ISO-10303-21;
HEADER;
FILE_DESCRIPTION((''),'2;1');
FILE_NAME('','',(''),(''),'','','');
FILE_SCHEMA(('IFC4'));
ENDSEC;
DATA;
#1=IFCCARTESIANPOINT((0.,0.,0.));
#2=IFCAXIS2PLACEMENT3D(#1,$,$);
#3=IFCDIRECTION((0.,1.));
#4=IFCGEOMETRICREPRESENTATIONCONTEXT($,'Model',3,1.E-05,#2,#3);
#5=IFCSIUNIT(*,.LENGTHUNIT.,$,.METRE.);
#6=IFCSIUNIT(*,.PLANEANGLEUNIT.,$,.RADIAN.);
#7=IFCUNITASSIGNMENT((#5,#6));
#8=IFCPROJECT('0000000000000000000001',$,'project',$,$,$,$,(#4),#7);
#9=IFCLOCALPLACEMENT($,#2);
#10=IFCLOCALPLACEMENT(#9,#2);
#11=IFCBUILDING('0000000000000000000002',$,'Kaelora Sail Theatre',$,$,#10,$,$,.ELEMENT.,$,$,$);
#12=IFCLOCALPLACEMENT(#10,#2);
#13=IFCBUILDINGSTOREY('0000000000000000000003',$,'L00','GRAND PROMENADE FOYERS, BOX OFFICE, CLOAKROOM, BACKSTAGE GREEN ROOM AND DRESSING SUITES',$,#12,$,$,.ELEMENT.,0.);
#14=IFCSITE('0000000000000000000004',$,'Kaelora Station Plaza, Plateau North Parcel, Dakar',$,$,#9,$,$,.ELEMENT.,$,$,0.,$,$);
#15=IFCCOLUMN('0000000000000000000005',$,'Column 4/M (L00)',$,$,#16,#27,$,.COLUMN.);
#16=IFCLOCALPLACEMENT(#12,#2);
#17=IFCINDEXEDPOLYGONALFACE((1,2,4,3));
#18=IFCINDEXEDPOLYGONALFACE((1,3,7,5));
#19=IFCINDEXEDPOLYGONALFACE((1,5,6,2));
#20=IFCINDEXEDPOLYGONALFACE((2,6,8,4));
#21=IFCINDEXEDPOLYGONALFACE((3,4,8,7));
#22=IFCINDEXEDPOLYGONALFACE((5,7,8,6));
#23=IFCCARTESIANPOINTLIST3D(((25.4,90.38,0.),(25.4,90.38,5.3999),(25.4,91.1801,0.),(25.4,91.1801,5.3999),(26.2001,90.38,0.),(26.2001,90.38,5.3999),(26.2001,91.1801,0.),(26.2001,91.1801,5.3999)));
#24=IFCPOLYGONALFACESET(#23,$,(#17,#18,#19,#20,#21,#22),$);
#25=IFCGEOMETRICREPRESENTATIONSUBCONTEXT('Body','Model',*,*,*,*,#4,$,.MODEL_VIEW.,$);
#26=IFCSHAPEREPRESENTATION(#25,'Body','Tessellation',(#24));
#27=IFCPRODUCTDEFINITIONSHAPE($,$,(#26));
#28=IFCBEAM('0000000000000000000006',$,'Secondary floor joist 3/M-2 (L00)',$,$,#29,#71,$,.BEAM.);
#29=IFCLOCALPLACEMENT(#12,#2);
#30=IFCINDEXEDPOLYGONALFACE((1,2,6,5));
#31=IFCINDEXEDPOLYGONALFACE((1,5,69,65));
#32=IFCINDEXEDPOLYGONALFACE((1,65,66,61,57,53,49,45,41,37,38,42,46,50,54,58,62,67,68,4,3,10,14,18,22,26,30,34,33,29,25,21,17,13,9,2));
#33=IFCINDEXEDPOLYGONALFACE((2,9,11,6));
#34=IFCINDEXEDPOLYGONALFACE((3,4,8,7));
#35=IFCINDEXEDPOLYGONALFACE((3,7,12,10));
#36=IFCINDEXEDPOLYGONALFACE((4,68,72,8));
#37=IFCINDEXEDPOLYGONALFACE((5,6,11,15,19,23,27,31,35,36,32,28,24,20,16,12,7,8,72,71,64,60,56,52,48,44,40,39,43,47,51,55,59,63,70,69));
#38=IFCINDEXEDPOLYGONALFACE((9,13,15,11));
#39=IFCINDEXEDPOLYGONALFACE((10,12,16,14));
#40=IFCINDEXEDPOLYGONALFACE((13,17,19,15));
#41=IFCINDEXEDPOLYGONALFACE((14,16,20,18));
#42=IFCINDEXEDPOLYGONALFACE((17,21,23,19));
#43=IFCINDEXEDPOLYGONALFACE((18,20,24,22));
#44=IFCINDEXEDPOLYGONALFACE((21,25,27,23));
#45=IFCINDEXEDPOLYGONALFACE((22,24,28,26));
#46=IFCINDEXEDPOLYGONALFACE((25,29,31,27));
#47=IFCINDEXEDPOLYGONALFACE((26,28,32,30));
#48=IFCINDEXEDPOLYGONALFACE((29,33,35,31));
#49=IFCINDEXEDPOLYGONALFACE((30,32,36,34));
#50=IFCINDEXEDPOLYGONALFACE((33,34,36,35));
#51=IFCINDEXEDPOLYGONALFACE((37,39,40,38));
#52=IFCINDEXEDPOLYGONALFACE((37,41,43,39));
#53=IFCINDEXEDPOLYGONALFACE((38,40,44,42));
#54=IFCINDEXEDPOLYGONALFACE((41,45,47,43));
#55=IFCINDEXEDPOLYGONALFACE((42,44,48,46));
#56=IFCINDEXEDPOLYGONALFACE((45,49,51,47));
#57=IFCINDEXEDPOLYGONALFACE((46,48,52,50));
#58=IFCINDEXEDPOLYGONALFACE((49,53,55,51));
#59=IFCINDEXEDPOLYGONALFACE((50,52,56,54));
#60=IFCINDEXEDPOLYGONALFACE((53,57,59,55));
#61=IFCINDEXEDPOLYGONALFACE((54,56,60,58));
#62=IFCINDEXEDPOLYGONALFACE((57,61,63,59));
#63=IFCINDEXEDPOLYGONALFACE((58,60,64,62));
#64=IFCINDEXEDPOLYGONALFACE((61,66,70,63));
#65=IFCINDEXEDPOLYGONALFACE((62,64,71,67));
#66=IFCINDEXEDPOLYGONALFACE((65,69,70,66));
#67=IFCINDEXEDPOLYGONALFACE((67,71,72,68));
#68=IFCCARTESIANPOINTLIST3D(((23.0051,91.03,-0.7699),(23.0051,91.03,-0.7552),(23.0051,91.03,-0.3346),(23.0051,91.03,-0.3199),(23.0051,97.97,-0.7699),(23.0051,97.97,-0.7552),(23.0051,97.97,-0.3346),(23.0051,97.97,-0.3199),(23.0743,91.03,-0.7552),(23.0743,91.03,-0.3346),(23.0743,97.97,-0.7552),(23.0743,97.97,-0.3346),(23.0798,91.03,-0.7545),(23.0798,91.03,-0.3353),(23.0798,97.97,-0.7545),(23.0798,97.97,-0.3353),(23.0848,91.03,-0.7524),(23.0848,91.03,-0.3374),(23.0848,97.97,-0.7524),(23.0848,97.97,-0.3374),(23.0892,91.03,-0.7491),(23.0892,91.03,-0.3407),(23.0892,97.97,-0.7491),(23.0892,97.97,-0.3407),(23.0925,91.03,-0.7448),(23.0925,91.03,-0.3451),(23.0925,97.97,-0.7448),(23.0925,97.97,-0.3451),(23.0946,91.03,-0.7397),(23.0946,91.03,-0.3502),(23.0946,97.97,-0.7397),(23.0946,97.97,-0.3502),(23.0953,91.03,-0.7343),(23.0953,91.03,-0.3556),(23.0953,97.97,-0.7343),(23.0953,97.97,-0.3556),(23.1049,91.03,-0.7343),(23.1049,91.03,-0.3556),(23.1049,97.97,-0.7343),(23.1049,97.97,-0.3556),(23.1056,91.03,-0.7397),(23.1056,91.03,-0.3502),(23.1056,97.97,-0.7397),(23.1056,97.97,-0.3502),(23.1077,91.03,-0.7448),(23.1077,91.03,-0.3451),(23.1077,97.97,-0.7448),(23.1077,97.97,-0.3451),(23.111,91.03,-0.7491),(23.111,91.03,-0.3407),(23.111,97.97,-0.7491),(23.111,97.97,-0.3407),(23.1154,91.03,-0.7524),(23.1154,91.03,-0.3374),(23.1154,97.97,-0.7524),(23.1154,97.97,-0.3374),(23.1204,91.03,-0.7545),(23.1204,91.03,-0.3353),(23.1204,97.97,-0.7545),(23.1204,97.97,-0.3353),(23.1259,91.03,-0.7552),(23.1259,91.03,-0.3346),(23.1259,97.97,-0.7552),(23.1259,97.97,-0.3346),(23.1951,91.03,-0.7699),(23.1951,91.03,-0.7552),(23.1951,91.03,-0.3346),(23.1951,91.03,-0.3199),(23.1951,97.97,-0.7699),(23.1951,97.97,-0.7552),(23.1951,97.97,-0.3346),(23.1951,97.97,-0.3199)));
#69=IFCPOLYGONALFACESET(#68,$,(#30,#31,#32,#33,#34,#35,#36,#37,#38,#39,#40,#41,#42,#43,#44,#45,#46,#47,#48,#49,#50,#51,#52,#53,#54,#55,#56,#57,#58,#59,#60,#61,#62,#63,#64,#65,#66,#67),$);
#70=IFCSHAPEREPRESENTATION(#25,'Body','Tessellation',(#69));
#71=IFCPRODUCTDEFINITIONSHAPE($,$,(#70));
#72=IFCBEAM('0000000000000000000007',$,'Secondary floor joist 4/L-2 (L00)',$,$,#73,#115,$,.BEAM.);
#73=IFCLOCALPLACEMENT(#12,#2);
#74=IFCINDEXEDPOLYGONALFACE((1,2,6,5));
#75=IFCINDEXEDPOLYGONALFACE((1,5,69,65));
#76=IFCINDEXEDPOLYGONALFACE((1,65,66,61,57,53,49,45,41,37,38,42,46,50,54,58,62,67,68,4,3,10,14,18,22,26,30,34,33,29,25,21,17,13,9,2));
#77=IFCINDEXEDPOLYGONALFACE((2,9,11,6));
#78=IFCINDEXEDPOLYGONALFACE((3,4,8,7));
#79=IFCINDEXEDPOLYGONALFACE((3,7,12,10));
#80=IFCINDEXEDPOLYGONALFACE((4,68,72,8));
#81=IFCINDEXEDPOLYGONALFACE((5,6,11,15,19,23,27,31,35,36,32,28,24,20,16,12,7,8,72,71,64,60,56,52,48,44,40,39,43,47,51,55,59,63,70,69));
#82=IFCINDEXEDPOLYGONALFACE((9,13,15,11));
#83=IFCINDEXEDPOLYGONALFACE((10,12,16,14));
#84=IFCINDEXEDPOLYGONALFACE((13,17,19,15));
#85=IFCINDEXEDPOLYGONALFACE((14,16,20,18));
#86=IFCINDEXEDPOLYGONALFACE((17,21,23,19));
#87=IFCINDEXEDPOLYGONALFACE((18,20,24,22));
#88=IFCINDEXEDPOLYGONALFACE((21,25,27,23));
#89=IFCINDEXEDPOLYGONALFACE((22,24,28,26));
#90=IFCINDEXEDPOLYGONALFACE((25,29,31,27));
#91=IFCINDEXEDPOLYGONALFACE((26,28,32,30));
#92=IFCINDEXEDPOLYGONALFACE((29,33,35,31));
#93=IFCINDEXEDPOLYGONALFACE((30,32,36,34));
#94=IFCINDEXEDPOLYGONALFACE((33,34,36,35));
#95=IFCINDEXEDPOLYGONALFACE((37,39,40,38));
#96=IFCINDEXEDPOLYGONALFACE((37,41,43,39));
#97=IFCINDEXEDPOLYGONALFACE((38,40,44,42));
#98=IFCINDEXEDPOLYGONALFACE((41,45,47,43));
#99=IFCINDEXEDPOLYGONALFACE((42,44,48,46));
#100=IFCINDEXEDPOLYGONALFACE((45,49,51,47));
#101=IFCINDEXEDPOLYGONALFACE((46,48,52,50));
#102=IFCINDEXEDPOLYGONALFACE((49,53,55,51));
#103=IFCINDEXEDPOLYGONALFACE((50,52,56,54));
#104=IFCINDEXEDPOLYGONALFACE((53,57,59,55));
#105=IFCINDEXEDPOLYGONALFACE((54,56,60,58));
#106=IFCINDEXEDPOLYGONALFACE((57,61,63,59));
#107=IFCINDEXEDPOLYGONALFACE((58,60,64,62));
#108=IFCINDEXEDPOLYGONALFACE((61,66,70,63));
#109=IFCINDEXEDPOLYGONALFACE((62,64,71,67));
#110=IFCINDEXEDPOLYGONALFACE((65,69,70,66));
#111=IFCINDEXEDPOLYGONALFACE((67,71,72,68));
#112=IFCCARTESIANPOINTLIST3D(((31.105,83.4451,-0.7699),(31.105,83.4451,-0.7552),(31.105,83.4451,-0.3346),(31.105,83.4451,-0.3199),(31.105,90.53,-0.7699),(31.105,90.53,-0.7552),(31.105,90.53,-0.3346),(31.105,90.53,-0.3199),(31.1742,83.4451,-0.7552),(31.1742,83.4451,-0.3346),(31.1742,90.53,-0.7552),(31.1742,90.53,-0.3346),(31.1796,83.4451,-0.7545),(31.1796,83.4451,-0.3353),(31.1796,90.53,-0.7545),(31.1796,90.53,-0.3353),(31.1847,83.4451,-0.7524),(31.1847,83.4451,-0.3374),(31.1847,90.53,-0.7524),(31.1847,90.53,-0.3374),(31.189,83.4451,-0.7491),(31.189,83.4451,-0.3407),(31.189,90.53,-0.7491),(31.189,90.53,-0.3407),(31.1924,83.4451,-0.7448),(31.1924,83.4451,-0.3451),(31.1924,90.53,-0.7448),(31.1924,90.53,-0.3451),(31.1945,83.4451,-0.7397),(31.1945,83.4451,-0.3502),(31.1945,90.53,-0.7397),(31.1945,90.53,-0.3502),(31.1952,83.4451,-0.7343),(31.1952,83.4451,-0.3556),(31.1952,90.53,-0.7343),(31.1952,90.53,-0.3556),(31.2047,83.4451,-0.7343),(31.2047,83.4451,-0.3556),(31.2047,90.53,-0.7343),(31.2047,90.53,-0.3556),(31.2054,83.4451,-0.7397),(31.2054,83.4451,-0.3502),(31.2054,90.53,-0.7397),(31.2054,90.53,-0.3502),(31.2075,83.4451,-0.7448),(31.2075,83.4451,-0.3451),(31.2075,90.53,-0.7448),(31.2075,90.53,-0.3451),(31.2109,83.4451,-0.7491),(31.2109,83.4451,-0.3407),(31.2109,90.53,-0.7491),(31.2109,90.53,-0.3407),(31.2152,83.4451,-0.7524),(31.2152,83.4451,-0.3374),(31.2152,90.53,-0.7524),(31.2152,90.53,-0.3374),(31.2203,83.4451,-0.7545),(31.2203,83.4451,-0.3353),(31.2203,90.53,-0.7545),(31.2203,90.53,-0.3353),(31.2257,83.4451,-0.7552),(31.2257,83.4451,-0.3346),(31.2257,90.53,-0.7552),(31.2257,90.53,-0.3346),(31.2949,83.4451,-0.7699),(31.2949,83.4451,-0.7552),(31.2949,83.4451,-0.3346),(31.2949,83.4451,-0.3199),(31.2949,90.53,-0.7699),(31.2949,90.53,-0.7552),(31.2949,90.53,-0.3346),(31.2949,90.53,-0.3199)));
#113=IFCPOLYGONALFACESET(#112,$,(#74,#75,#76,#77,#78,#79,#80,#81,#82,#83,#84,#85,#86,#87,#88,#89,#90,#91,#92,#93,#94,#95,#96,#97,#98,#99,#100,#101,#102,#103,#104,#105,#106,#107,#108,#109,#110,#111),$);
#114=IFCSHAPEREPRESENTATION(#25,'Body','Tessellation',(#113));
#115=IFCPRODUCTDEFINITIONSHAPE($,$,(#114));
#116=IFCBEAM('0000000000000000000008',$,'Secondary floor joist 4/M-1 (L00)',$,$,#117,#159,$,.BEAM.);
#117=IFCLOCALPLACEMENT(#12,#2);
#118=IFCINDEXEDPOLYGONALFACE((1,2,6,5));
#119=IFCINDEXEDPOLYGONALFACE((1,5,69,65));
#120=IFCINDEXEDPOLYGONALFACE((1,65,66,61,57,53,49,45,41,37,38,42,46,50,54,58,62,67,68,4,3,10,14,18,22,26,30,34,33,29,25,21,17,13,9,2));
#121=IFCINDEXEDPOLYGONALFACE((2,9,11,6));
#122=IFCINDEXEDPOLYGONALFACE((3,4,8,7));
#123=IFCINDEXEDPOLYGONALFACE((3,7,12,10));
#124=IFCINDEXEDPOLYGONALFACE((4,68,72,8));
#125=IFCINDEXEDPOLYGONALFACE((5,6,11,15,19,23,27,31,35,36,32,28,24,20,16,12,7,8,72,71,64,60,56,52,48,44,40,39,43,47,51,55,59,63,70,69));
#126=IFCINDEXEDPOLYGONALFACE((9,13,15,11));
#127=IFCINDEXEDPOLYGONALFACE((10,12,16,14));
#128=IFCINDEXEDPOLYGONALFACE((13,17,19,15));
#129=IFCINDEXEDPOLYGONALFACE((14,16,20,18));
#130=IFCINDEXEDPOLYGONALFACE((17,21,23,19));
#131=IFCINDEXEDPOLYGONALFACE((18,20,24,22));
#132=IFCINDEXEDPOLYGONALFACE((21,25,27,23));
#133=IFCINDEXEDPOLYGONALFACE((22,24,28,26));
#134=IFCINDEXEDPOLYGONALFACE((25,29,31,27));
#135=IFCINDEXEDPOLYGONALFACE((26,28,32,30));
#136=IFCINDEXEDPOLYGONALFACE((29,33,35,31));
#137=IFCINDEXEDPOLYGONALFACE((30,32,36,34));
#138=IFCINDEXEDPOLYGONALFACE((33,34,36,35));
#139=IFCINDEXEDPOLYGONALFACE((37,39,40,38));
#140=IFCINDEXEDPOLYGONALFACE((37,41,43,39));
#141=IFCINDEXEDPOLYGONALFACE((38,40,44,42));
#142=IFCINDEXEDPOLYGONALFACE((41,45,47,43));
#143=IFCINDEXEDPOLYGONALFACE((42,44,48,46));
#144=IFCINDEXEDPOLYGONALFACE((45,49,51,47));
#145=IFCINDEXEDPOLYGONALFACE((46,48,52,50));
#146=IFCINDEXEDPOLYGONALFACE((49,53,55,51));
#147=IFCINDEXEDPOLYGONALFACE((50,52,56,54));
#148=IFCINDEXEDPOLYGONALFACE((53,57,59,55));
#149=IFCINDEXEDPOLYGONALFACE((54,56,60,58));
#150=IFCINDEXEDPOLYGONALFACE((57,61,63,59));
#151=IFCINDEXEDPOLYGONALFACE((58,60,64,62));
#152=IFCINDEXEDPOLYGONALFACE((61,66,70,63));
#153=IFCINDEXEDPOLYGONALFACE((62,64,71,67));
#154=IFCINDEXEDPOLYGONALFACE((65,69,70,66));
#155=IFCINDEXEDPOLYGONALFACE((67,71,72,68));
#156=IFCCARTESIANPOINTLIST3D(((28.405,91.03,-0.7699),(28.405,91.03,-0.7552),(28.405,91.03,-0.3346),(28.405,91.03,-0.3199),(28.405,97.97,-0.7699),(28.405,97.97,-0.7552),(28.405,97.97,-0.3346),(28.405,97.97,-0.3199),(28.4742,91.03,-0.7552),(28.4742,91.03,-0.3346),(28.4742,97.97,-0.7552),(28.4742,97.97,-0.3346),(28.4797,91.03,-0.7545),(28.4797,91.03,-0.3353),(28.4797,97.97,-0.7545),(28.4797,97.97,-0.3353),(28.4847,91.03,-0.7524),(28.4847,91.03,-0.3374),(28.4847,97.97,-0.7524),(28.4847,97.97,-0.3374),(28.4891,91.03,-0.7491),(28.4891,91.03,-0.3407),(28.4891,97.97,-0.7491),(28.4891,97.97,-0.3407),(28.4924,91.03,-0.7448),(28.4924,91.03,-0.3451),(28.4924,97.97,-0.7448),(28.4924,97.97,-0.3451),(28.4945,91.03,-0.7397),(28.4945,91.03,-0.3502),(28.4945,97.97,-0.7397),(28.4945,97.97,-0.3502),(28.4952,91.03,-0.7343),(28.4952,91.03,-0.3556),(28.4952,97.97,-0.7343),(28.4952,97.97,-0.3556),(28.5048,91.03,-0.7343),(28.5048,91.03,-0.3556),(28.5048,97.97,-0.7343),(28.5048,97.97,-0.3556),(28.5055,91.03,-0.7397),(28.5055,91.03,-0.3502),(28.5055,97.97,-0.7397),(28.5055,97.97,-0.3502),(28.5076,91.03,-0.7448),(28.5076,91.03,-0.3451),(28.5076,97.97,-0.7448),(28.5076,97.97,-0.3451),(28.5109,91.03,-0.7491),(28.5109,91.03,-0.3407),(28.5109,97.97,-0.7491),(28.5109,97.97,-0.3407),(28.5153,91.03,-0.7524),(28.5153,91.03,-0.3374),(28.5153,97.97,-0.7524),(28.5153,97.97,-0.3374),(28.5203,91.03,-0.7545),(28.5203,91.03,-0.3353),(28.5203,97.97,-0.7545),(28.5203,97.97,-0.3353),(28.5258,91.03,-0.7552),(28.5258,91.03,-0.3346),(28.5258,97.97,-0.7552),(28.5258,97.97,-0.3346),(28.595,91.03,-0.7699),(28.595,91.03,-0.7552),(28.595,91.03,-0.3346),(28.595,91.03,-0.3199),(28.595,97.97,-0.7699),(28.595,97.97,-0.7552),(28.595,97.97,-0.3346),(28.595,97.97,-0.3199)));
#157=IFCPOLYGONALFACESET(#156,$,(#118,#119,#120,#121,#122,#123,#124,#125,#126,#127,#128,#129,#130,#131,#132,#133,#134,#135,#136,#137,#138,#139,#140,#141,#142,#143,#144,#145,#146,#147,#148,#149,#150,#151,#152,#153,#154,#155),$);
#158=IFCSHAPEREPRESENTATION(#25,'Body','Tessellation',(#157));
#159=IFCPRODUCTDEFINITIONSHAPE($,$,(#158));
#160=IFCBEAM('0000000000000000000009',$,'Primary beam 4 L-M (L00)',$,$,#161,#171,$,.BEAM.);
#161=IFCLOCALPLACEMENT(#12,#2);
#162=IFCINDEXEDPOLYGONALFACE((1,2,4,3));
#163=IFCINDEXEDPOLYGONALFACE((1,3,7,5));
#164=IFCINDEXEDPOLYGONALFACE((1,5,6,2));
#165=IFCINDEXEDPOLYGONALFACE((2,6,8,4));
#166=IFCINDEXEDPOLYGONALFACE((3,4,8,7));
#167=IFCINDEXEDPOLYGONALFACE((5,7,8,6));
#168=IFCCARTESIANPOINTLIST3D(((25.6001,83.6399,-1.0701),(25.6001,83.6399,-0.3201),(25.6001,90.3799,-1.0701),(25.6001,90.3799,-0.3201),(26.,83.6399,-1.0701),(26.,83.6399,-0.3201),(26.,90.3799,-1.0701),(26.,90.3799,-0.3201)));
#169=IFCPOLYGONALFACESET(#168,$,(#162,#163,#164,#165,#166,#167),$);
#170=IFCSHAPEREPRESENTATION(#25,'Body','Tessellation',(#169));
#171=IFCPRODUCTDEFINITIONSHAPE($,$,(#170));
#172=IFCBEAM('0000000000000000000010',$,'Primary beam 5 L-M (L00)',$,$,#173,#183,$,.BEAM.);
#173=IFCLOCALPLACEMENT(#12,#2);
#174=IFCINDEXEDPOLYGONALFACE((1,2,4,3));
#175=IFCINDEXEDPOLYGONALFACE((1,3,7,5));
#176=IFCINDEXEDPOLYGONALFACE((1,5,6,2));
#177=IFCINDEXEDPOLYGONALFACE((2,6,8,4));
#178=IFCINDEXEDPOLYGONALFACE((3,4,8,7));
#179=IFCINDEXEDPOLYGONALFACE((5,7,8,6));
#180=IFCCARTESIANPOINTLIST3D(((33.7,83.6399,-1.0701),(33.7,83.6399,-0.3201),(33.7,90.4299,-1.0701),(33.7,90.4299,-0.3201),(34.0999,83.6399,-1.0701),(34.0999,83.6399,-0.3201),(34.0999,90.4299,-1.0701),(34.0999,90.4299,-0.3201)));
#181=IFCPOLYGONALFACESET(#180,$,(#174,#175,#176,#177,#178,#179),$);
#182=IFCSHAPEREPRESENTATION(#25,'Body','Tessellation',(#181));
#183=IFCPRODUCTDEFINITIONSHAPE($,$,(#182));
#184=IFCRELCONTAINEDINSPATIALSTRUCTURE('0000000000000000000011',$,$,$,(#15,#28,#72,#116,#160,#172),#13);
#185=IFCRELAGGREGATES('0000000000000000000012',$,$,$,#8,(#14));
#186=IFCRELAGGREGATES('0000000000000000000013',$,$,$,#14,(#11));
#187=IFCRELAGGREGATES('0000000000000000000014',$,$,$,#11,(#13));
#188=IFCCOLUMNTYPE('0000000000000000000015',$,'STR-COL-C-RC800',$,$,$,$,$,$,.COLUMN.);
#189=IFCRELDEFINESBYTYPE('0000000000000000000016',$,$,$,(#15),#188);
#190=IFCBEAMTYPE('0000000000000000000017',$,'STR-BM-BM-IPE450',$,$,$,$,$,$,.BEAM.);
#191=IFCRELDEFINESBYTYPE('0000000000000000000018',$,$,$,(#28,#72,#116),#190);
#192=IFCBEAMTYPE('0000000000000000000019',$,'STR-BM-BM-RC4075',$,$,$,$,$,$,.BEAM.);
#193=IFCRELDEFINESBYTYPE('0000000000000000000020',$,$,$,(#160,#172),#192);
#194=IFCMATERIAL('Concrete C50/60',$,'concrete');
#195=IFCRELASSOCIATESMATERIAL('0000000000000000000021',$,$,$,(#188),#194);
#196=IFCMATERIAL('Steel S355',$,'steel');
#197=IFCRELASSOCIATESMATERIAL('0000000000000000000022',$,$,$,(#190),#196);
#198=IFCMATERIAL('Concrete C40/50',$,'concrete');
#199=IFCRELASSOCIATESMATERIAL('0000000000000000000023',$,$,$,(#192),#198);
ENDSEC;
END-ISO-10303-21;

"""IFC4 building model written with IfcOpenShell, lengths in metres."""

from ifc_helpers import new_model, si_unit, direction, frame, origin, origin_2d, place, context, subcontext, project, spatial, rectangle, i_section, extrude, material, material_profile, profile_set, type_object, element, save


model = new_model("IFC4")

# Units and contexts
model_context = context("Model", 3, precision=1e-05, world=origin(), true_north=direction((0.0, 1.0)))
body_context = subcontext(model_context, "Body", "Model", "MODEL_VIEW")
ifc_project = project(units=[si_unit("LENGTHUNIT", "METRE"), si_unit("PLANEANGLEUNIT", "RADIAN")], contexts=[model_context])

# Site, building, storey
site_placement = place(None, origin())
site = spatial("IfcSite", under=ifc_project, at=site_placement, Name="Kaelora Station Plaza, Plateau North Parcel, Dakar", CompositionType="ELEMENT", RefElevation=0.0)
building_placement = place(site_placement, origin())
building = spatial("IfcBuilding", under=site, at=building_placement, Name="Kaelora Sail Theatre", CompositionType="ELEMENT")
storey_placement = place(building_placement, origin())
storey = spatial("IfcBuildingStorey", under=building, at=storey_placement, Name="L00", Description="GRAND PROMENADE FOYERS, BOX OFFICE, CLOAKROOM, BACKSTAGE GREEN ROOM AND DRESSING SUITES", CompositionType="ELEMENT", Elevation=0.0)

# Column
ifc_material_1 = material(Name="Concrete C50/60", Category="concrete")
ifc_material_profile_1 = material_profile(ifc_material_1, rectangle(XDim=0.8, YDim=0.8, at=origin_2d()), Name="RC-COL 800x800")
ifc_profile_set_1 = profile_set([ifc_material_profile_1], Name="Concrete C50/60")
column_type = type_object("IfcColumnType", Name="STR-COL-C-RC800", PredefinedType="COLUMN", material=ifc_profile_set_1)
column_placement = place(storey_placement, frame((25.8, 90.78, 0.0), z_axis=(0.0, 0.0, 1.0), x_axis=(1.0, 0.0, 0.0)))
element("IfcColumn", 1, at=column_placement, inside=storey, type_object=column_type, Name="Column 4/M (L00)", PredefinedType="COLUMN", context=body_context, shape_type="SweptSolid", body=[
    extrude(rectangle(XDim=0.8, YDim=0.8, at=origin_2d()), origin(), (0.0, 0.0, 1.0), 5.3999),
])

# Beams
ifc_material_2 = material(Name="Steel S355", Category="steel")
ifc_material_profile_2 = material_profile(ifc_material_2, i_section(OverallWidth=0.1899, OverallDepth=0.45, WebThickness=0.0095, FlangeThickness=0.0146, FilletRadius=0.021, at=origin_2d()), Name="IPE 450")
ifc_profile_set_2 = profile_set([ifc_material_profile_2], Name="Steel S355")
beam_type_1 = type_object("IfcBeamType", Name="STR-BM-BM-IPE450", PredefinedType="BEAM", material=ifc_profile_set_2)
beam_1_placement = place(storey_placement, frame((23.1001, 91.03, -0.5449), z_axis=(0.0, 1.0, 0.0), x_axis=(-1.0, 0.0, 0.0)))
element("IfcBeam", 2, at=beam_1_placement, inside=storey, type_object=beam_type_1, Name="Secondary floor joist 3/M-2 (L00)", PredefinedType="BEAM", context=body_context, shape_type="SweptSolid", body=[
    extrude(i_section(OverallWidth=0.1899, OverallDepth=0.45, WebThickness=0.0095, FlangeThickness=0.0146, FilletRadius=0.021, at=origin_2d()), origin(), (0.0, 0.0, 1.0), 6.9399),
])
beam_2_placement = place(storey_placement, frame((31.2, 83.4451, -0.5449), z_axis=(0.0, 1.0, 0.0), x_axis=(-1.0, 0.0, 0.0)))
element("IfcBeam", 3, at=beam_2_placement, inside=storey, type_object=beam_type_1, Name="Secondary floor joist 4/L-2 (L00)", PredefinedType="BEAM", context=body_context, shape_type="SweptSolid", body=[
    extrude(i_section(OverallWidth=0.1899, OverallDepth=0.45, WebThickness=0.0095, FlangeThickness=0.0146, FilletRadius=0.021, at=origin_2d()), origin(), (0.0, 0.0, 1.0), 7.085),
])
beam_3_placement = place(storey_placement, frame((28.5, 91.03, -0.5449), z_axis=(0.0, 1.0, 0.0), x_axis=(-1.0, 0.0, 0.0)))
element("IfcBeam", 4, at=beam_3_placement, inside=storey, type_object=beam_type_1, Name="Secondary floor joist 4/M-1 (L00)", PredefinedType="BEAM", context=body_context, shape_type="SweptSolid", body=[
    extrude(i_section(OverallWidth=0.1899, OverallDepth=0.45, WebThickness=0.0095, FlangeThickness=0.0146, FilletRadius=0.021, at=origin_2d()), origin(), (0.0, 0.0, 1.0), 6.9399),
])
ifc_material_3 = material(Name="Concrete C40/50", Category="concrete")
ifc_material_profile_3 = material_profile(ifc_material_3, rectangle(XDim=0.3999, YDim=0.75, at=origin_2d()), Name="RC-BM 400x750")
ifc_profile_set_3 = profile_set([ifc_material_profile_3], Name="Concrete C40/50")
beam_type_2 = type_object("IfcBeamType", Name="STR-BM-BM-RC4075", PredefinedType="BEAM", material=ifc_profile_set_3)
beam_4_placement = place(storey_placement, frame((25.8, 83.6399, -0.6951), z_axis=(0.0, 1.0, 0.0), x_axis=(-1.0, 0.0, 0.0)))
element("IfcBeam", 5, at=beam_4_placement, inside=storey, type_object=beam_type_2, Name="Primary beam 4 L-M (L00)", PredefinedType="BEAM", context=body_context, shape_type="SweptSolid", body=[
    extrude(rectangle(XDim=0.3999, YDim=0.75, at=origin_2d()), origin(), (0.0, 0.0, 1.0), 6.74),
])
beam_5_placement = place(storey_placement, frame((33.8999, 83.6399, -0.6951), z_axis=(0.0, 1.0, 0.0), x_axis=(-1.0, 0.0, 0.0)))
element("IfcBeam", 6, at=beam_5_placement, inside=storey, type_object=beam_type_2, Name="Primary beam 5 L-M (L00)", PredefinedType="BEAM", context=body_context, shape_type="SweptSolid", body=[
    extrude(rectangle(XDim=0.3999, YDim=0.75, at=origin_2d()), origin(), (0.0, 0.0, 1.0), 6.79),
])

save(model, "model.ifc")
